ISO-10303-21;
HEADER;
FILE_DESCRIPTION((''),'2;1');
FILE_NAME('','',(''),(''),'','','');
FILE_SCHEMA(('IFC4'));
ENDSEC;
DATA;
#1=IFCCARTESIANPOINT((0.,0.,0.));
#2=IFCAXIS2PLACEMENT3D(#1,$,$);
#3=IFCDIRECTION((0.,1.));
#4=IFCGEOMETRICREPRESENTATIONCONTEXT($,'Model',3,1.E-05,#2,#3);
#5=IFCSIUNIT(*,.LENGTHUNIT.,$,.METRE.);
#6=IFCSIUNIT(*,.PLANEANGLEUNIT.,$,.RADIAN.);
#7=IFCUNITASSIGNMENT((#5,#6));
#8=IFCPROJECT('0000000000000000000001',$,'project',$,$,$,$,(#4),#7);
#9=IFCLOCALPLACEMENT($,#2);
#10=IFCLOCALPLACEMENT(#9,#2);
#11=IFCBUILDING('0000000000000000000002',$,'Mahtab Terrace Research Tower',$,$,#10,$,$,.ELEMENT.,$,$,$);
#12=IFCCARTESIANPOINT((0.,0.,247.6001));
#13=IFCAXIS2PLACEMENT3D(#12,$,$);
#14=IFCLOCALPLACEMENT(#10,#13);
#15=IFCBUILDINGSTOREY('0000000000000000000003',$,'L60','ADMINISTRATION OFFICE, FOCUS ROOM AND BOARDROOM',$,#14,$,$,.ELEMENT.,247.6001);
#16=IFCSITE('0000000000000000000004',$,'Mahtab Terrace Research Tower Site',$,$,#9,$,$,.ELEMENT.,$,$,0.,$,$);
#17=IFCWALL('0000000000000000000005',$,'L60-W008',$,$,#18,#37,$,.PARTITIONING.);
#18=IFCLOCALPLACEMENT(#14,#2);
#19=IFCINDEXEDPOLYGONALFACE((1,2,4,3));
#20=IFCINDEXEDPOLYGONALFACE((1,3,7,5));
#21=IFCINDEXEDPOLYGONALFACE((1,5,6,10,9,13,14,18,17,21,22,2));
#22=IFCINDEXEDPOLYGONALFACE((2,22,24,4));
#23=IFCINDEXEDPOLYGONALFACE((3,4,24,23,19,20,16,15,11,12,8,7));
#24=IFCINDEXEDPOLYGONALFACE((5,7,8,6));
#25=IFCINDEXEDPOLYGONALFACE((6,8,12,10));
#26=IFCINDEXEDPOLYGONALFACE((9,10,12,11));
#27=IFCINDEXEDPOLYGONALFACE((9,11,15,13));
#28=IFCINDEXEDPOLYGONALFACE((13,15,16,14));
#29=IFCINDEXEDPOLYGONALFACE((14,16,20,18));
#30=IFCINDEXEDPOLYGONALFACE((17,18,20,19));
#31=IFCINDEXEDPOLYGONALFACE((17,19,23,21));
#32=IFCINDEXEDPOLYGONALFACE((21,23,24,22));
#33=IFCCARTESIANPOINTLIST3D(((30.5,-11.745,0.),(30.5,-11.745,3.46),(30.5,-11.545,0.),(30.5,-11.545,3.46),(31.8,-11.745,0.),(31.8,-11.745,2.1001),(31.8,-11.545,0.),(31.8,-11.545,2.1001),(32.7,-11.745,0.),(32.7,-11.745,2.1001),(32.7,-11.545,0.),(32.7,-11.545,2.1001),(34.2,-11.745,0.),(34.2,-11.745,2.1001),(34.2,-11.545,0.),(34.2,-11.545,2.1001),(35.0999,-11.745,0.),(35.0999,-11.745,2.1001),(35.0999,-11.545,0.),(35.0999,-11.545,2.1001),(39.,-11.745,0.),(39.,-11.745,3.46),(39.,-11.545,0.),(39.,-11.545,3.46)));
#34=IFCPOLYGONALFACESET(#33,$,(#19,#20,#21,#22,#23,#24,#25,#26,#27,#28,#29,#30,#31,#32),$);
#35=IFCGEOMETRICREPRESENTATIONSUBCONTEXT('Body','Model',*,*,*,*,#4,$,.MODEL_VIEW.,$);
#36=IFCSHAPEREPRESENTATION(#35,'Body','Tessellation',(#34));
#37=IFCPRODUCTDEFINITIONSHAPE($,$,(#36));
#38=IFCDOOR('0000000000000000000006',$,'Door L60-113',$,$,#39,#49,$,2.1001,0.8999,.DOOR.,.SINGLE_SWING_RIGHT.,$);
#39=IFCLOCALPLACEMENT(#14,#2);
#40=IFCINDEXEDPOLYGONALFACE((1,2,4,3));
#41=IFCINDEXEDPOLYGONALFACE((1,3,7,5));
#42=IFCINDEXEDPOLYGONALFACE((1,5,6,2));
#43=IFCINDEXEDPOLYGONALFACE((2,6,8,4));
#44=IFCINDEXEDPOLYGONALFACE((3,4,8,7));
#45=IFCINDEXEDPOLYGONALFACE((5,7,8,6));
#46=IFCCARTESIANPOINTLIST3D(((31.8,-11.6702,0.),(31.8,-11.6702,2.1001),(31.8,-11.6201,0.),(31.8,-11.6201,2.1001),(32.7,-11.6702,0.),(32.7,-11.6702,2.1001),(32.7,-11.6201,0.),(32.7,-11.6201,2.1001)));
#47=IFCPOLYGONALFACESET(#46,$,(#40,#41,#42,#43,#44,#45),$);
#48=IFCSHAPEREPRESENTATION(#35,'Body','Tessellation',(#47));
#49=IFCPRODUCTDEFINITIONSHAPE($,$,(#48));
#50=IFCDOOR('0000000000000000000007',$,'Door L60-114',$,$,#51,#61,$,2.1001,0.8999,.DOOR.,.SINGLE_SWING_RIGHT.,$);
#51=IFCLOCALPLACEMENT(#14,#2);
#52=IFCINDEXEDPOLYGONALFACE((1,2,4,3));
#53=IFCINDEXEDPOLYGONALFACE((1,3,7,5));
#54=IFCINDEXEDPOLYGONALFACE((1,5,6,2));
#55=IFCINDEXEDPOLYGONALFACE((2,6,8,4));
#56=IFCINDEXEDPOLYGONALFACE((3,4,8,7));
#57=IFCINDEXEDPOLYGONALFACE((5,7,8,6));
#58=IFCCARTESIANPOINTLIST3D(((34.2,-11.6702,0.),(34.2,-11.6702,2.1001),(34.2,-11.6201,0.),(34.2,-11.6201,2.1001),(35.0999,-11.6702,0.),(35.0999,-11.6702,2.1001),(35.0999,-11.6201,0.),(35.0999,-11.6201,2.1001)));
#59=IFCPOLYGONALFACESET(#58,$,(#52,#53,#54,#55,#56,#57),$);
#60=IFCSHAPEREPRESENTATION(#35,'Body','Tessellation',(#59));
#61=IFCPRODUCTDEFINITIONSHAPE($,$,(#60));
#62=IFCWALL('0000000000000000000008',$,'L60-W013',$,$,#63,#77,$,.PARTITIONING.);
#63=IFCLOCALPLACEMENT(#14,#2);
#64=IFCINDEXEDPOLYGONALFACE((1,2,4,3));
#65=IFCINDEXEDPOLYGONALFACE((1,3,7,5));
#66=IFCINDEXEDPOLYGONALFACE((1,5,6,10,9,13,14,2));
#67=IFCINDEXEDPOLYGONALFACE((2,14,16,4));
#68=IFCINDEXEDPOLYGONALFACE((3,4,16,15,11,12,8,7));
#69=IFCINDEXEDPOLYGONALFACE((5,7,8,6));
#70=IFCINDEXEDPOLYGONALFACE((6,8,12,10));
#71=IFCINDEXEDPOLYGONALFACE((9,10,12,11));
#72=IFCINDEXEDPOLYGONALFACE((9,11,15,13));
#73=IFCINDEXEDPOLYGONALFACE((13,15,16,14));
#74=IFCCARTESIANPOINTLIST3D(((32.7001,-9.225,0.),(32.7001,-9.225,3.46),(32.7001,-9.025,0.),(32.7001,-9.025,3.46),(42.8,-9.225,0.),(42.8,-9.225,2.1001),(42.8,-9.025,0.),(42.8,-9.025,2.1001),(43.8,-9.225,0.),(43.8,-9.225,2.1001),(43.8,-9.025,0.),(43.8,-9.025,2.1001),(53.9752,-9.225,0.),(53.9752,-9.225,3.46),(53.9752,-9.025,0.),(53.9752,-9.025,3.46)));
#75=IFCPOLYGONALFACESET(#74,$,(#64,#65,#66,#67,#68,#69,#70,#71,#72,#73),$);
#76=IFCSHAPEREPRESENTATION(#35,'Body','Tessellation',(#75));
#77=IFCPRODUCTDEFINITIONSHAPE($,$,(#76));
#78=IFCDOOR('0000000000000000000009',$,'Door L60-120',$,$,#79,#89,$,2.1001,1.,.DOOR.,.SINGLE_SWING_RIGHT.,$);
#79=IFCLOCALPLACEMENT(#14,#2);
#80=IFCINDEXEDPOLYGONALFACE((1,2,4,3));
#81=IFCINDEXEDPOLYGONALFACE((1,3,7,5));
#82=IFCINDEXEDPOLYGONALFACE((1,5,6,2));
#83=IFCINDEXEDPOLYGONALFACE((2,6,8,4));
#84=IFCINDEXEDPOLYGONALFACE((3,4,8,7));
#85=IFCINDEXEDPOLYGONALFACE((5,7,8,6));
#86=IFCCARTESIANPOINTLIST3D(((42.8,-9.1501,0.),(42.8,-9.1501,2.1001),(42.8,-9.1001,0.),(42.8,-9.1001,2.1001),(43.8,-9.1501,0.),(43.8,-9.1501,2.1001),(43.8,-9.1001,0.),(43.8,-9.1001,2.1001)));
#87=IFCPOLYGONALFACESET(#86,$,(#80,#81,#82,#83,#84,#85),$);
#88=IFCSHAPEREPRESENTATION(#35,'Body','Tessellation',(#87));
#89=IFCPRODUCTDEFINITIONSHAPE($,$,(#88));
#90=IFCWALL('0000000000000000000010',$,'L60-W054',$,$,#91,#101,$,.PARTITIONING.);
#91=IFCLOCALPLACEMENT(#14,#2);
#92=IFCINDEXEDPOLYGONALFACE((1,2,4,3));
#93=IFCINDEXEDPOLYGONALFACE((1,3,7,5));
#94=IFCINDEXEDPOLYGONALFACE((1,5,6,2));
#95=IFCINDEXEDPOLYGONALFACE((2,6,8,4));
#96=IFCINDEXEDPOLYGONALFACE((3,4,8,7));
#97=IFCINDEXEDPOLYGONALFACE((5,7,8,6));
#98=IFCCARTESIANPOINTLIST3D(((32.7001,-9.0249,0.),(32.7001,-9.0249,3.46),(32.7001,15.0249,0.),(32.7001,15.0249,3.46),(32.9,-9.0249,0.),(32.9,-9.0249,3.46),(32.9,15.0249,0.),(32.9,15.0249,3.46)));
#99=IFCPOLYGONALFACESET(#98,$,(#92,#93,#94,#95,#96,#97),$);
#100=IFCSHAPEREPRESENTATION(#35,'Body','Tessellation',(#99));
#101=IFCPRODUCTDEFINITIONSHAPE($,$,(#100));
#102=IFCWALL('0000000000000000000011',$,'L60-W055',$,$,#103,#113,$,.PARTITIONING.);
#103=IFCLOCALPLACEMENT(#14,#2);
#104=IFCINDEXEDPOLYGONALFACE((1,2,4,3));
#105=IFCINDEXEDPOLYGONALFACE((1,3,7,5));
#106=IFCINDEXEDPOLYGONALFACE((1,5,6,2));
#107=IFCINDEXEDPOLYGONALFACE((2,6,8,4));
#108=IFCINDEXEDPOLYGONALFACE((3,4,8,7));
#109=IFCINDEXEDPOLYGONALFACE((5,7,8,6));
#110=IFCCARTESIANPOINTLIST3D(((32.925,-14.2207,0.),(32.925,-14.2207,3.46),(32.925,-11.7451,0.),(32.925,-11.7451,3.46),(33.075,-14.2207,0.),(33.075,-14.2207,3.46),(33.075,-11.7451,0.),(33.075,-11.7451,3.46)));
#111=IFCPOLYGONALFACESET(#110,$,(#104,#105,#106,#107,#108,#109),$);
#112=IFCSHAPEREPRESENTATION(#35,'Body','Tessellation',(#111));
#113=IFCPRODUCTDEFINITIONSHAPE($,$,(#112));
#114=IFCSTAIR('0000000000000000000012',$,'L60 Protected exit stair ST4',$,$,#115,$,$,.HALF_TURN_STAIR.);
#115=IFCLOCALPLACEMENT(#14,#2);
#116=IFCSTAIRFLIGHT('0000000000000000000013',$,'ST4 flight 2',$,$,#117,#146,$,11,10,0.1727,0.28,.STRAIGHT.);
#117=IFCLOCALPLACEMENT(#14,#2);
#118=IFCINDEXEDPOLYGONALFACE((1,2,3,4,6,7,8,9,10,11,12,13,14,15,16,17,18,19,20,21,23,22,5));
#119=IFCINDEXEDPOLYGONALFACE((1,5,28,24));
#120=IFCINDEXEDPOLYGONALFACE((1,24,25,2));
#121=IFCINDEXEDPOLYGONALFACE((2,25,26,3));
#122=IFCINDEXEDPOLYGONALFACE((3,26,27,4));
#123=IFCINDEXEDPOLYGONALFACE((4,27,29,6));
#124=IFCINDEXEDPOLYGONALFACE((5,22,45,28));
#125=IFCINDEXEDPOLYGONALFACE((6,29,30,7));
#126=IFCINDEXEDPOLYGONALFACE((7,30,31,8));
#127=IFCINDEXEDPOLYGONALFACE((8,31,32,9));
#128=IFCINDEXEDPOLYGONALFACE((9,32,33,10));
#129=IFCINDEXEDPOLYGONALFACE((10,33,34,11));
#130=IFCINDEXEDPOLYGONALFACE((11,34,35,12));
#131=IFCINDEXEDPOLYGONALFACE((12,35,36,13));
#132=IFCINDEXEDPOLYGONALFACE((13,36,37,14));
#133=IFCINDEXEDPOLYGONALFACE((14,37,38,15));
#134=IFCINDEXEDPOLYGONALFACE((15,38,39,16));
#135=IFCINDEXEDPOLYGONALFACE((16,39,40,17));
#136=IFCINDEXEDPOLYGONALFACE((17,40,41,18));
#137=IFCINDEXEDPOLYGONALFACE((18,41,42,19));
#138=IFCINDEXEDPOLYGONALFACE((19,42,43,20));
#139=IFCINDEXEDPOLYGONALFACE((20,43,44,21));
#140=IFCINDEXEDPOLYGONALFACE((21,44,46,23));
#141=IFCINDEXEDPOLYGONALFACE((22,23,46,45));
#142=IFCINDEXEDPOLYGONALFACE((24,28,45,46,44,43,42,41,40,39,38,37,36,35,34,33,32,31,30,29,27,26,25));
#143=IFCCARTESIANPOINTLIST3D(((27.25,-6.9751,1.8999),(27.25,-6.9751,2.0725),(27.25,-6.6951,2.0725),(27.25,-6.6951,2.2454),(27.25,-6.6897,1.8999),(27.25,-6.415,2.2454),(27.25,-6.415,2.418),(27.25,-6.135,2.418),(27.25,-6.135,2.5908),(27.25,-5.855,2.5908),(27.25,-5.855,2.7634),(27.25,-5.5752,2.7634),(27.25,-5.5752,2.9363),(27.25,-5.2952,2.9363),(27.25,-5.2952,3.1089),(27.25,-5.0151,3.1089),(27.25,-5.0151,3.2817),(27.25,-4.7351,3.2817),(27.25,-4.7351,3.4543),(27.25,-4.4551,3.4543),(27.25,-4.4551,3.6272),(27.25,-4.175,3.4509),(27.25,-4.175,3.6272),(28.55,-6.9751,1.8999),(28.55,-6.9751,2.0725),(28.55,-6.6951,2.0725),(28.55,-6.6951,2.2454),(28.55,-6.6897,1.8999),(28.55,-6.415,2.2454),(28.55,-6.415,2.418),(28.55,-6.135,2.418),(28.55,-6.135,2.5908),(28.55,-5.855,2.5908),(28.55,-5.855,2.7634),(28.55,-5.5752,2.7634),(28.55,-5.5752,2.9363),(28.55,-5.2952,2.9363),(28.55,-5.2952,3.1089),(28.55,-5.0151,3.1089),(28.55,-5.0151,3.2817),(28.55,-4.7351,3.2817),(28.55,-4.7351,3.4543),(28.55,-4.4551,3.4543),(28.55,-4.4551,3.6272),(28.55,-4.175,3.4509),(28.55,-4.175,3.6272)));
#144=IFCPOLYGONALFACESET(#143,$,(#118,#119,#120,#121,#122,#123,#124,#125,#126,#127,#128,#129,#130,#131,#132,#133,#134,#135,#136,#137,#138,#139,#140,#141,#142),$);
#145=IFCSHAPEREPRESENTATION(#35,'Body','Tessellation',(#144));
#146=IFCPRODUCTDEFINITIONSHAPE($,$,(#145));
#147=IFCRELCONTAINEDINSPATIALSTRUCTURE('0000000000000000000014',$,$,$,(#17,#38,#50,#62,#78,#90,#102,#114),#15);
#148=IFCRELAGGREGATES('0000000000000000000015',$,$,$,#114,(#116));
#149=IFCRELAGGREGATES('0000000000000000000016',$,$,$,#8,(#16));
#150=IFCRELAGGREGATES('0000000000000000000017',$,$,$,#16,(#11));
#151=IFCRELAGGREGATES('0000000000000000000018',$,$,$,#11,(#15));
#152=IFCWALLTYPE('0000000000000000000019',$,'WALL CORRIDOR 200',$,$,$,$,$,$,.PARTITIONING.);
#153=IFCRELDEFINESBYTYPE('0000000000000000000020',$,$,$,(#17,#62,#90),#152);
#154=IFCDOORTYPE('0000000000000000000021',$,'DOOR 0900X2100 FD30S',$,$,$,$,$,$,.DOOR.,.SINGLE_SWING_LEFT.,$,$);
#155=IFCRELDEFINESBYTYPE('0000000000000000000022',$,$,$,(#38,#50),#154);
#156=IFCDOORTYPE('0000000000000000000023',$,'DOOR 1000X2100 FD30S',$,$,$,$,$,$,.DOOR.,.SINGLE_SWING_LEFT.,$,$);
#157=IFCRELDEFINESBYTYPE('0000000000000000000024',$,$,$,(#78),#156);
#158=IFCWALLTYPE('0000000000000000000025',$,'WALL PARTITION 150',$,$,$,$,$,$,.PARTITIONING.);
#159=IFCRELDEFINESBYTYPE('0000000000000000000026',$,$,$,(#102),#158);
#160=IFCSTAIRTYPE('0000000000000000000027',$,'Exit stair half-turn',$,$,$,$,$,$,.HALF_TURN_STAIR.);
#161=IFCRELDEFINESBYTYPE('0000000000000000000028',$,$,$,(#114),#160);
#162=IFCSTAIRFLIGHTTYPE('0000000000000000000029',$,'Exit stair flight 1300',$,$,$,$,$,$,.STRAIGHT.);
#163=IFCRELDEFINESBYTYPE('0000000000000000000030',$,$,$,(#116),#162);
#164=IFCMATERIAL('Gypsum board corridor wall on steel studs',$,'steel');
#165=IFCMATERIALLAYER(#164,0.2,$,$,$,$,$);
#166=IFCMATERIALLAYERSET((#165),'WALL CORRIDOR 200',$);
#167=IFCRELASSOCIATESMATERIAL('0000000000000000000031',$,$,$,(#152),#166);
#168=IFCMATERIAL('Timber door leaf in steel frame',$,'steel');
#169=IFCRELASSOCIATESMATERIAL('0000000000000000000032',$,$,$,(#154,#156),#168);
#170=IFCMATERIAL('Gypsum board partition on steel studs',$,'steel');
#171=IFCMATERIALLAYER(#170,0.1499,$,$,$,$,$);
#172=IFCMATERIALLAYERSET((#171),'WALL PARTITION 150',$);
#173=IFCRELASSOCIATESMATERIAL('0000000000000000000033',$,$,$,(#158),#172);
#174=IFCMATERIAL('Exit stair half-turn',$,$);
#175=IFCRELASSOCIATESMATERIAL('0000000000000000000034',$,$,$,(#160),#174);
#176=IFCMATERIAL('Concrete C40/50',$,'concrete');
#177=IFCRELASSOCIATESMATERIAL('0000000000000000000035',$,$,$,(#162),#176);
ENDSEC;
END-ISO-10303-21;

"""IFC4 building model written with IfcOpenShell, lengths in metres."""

from ifc_helpers import new_model, si_unit, direction, frame, frame_2d, origin, place, context, subcontext, project, spatial, polyline, rectangle, outline, extrude, material, layer, layer_set, type_object, element, fill, aggregate, save


model = new_model("IFC4")

# Units and contexts
model_context = context("Model", 3, precision=1e-05, world=origin(), true_north=direction((0.0, 1.0)))
body_context = subcontext(model_context, "Body", "Model", "MODEL_VIEW")
ifc_project = project(units=[si_unit("LENGTHUNIT", "METRE"), si_unit("PLANEANGLEUNIT", "RADIAN")], contexts=[model_context])

# Site, building, storey
site_placement = place(None, origin())
site = spatial("IfcSite", under=ifc_project, at=site_placement, Name="Mahtab Terrace Research Tower Site", CompositionType="ELEMENT", RefElevation=0.0)
building_placement = place(site_placement, origin())
building = spatial("IfcBuilding", under=site, at=building_placement, Name="Mahtab Terrace Research Tower", CompositionType="ELEMENT")
storey_placement = place(building_placement, frame((0.0, 0.0, 247.6001)))
storey = spatial("IfcBuildingStorey", under=building, at=storey_placement, Name="L60", Description="ADMINISTRATION OFFICE, FOCUS ROOM AND BOARDROOM", CompositionType="ELEMENT", Elevation=247.6001)

# Wall, openings, doors
ifc_material_1 = material(Name="Gypsum board corridor wall on steel studs", Category="steel")
ifc_layer_1 = layer(ifc_material_1, 0.2)
ifc_layer_set_1 = layer_set([ifc_layer_1], Name="WALL CORRIDOR 200")
wall_type_1 = type_object("IfcWallType", Name="WALL CORRIDOR 200", PredefinedType="PARTITIONING", material=ifc_layer_set_1)
wall_1_placement = place(storey_placement, frame((30.5, -11.645, 0.0), z_axis=(0.0, 0.0, 1.0), x_axis=(1.0, 0.0, 0.0)))
wall_1 = element("IfcWall", 1, at=wall_1_placement, inside=storey, type_object=wall_type_1, Name="L60-W008", PredefinedType="PARTITIONING", context=body_context, shape_type="SweptSolid", body=[
    extrude(rectangle(XDim=8.5, YDim=0.2, at=frame_2d((4.25, 0.0))), origin(), (0.0, 0.0, 1.0), 3.46),
])
opening_1_placement = place(wall_1_placement, frame((1.3, 0.0, 0.0)))
opening_1 = element("IfcOpeningElement", 2, at=opening_1_placement, cuts=wall_1, PredefinedType="OPENING", context=body_context, shape_type="SweptSolid", body=[
    extrude(rectangle(XDim=0.8999, YDim=2.1001, at=frame_2d((0.45, 1.05))), frame((0.0, 0.1099, 0.0), z_axis=(0.0, -1.0, 0.0), x_axis=(1.0, 0.0, 0.0)), (0.0, 0.0, 1.0), 0.22),
])
opening_2_placement = place(wall_1_placement, frame((3.7, 0.0, 0.0)))
opening_2 = element("IfcOpeningElement", 3, at=opening_2_placement, cuts=wall_1, PredefinedType="OPENING", context=body_context, shape_type="SweptSolid", body=[
    extrude(rectangle(XDim=0.8999, YDim=2.1001, at=frame_2d((0.45, 1.05))), frame((0.0, 0.1099, 0.0), z_axis=(0.0, -1.0, 0.0), x_axis=(1.0, 0.0, 0.0)), (0.0, 0.0, 1.0), 0.22),
])
ifc_material_2 = material(Name="Timber door leaf in steel frame", Category="steel")
door_type_1 = type_object("IfcDoorType", Name="DOOR 0900X2100 FD30S", OperationType="SINGLE_SWING_LEFT", PredefinedType="DOOR", material=ifc_material_2)
door_1_placement = place(opening_1_placement, origin())
door_1 = element("IfcDoor", 4, at=door_1_placement, inside=storey, type_object=door_type_1, Name="Door L60-113", OperationType="SINGLE_SWING_RIGHT", OverallHeight=2.1001, OverallWidth=0.8999, PredefinedType="DOOR", context=body_context, shape_type="SweptSolid", body=[
    extrude(rectangle(XDim=0.8999, YDim=2.1001, at=frame_2d((0.45, 1.05))), frame((0.0, 0.0249, 0.0), z_axis=(0.0, -1.0, 0.0), x_axis=(1.0, 0.0, 0.0)), (0.0, 0.0, 1.0), 0.05),
])
fill(opening_1, door_1)
door_2_placement = place(opening_2_placement, origin())
door_2 = element("IfcDoor", 5, at=door_2_placement, inside=storey, type_object=door_type_1, Name="Door L60-114", OperationType="SINGLE_SWING_RIGHT", OverallHeight=2.1001, OverallWidth=0.8999, PredefinedType="DOOR", context=body_context, shape_type="SweptSolid", body=[
    extrude(rectangle(XDim=0.8999, YDim=2.1001, at=frame_2d((0.45, 1.05))), frame((0.0, 0.0249, 0.0), z_axis=(0.0, -1.0, 0.0), x_axis=(1.0, 0.0, 0.0)), (0.0, 0.0, 1.0), 0.05),
])
fill(opening_2, door_2)

# Wall, opening, door
wall_2_placement = place(storey_placement, frame((32.7, -9.125, 0.0), z_axis=(0.0, 0.0, 1.0), x_axis=(1.0, 0.0, 0.0)))
wall_2 = element("IfcWall", 6, at=wall_2_placement, inside=storey, type_object=wall_type_1, Name="L60-W013", PredefinedType="PARTITIONING", context=body_context, shape_type="SweptSolid", body=[
    extrude(rectangle(XDim=21.2751, YDim=0.2, at=frame_2d((10.6377, 0.0))), origin(), (0.0, 0.0, 1.0), 3.46),
])
opening_3_placement = place(wall_2_placement, frame((10.1001, 0.0, 0.0)))
opening_3 = element("IfcOpeningElement", 7, at=opening_3_placement, cuts=wall_2, PredefinedType="OPENING", context=body_context, shape_type="SweptSolid", body=[
    extrude(rectangle(XDim=1.0, YDim=2.1001, at=frame_2d((0.5, 1.05))), frame((0.0, 0.1099, 0.0), z_axis=(0.0, -1.0, 0.0), x_axis=(1.0, 0.0, 0.0)), (0.0, 0.0, 1.0), 0.22),
])
door_type_2 = type_object("IfcDoorType", Name="DOOR 1000X2100 FD30S", OperationType="SINGLE_SWING_LEFT", PredefinedType="DOOR", material=ifc_material_2)
door_3_placement = place(opening_3_placement, origin())
door_3 = element("IfcDoor", 8, at=door_3_placement, inside=storey, type_object=door_type_2, Name="Door L60-120", OperationType="SINGLE_SWING_RIGHT", OverallHeight=2.1001, OverallWidth=1.0, PredefinedType="DOOR", context=body_context, shape_type="SweptSolid", body=[
    extrude(rectangle(XDim=1.0, YDim=2.1001, at=frame_2d((0.5, 1.05))), frame((0.0, 0.0249, 0.0), z_axis=(0.0, -1.0, 0.0), x_axis=(1.0, 0.0, 0.0)), (0.0, 0.0, 1.0), 0.05),
])
fill(opening_3, door_3)

# Walls
wall_3_placement = place(storey_placement, frame((32.8, -9.0249, 0.0), z_axis=(0.0, 0.0, 1.0), x_axis=(0.0, 1.0, 0.0)))
element("IfcWall", 9, at=wall_3_placement, inside=storey, type_object=wall_type_1, Name="L60-W054", PredefinedType="PARTITIONING", context=body_context, shape_type="SweptSolid", body=[
    extrude(rectangle(XDim=24.0498, YDim=0.2, at=frame_2d((12.0249, 0.0))), origin(), (0.0, 0.0, 1.0), 3.46),
])
ifc_material_3 = material(Name="Gypsum board partition on steel studs", Category="steel")
ifc_layer_2 = layer(ifc_material_3, 0.1499)
ifc_layer_set_2 = layer_set([ifc_layer_2], Name="WALL PARTITION 150")
wall_type_2 = type_object("IfcWallType", Name="WALL PARTITION 150", PredefinedType="PARTITIONING", material=ifc_layer_set_2)
wall_4_placement = place(storey_placement, frame((33.0, -14.2207, 0.0), z_axis=(0.0, 0.0, 1.0), x_axis=(0.0, 1.0, 0.0)))
element("IfcWall", 10, at=wall_4_placement, inside=storey, type_object=wall_type_2, Name="L60-W055", PredefinedType="PARTITIONING", context=body_context, shape_type="SweptSolid", body=[
    extrude(rectangle(XDim=2.4756, YDim=0.1499, at=frame_2d((1.2378, 0.0))), origin(), (0.0, 0.0, 1.0), 3.46),
])

# Stair, stair flight
ifc_material_4 = material(Name="Exit stair half-turn")
stair_type = type_object("IfcStairType", Name="Exit stair half-turn", PredefinedType="HALF_TURN_STAIR", material=ifc_material_4)
stair_placement = place(storey_placement, origin())
stair = element("IfcStair", 11, at=stair_placement, inside=storey, type_object=stair_type, Name="L60 Protected exit stair ST4", PredefinedType="HALF_TURN_STAIR")
ifc_material_5 = material(Name="Concrete C40/50", Category="concrete")
stair_flight_type = type_object("IfcStairFlightType", Name="Exit stair flight 1300", PredefinedType="STRAIGHT", material=ifc_material_5)
stair_flight_placement = place(storey_placement, frame((27.8999, -6.9751, 1.8999), z_axis=(0.0, 0.0, 1.0), x_axis=(0.0, 1.0, 0.0)))
stair_flight = element("IfcStairFlight", 12, at=stair_flight_placement, type_object=stair_flight_type, Name="ST4 flight 2", NumberOfRisers=11, NumberOfTreads=10, PredefinedType="STRAIGHT", RiserHeight=0.1727, TreadLength=0.28, context=body_context, shape_type="SweptSolid", body=[
    extrude(outline(polyline([(0.0, 0.0), (0.0, 0.1726), (0.28, 0.1726), (0.28, 0.3455), (0.5601, 0.3455), (0.5601, 0.5181), (0.8401, 0.5181), (0.8401, 0.6909), (1.1201, 0.6909), (1.1201, 0.8635), (1.3999, 0.8635), (1.3999, 1.0364), (1.6799, 1.0364), (1.6799, 1.209), (1.96, 1.209), (1.96, 1.3818), (2.24, 1.3818), (2.24, 1.5544), (2.52, 1.5544), (2.52, 1.7273), (2.8, 1.7273), (2.8, 1.8999), (2.8, 1.551), (0.2854, 0.0), (0.0, 0.0)])), frame((0.0, 0.6499, 0.0), z_axis=(0.0, -1.0, 0.0), x_axis=(1.0, 0.0, 0.0)), (0.0, 0.0, 1.0), 1.3),
])
aggregate(stair, [stair_flight])

save(model, "model.ifc")
